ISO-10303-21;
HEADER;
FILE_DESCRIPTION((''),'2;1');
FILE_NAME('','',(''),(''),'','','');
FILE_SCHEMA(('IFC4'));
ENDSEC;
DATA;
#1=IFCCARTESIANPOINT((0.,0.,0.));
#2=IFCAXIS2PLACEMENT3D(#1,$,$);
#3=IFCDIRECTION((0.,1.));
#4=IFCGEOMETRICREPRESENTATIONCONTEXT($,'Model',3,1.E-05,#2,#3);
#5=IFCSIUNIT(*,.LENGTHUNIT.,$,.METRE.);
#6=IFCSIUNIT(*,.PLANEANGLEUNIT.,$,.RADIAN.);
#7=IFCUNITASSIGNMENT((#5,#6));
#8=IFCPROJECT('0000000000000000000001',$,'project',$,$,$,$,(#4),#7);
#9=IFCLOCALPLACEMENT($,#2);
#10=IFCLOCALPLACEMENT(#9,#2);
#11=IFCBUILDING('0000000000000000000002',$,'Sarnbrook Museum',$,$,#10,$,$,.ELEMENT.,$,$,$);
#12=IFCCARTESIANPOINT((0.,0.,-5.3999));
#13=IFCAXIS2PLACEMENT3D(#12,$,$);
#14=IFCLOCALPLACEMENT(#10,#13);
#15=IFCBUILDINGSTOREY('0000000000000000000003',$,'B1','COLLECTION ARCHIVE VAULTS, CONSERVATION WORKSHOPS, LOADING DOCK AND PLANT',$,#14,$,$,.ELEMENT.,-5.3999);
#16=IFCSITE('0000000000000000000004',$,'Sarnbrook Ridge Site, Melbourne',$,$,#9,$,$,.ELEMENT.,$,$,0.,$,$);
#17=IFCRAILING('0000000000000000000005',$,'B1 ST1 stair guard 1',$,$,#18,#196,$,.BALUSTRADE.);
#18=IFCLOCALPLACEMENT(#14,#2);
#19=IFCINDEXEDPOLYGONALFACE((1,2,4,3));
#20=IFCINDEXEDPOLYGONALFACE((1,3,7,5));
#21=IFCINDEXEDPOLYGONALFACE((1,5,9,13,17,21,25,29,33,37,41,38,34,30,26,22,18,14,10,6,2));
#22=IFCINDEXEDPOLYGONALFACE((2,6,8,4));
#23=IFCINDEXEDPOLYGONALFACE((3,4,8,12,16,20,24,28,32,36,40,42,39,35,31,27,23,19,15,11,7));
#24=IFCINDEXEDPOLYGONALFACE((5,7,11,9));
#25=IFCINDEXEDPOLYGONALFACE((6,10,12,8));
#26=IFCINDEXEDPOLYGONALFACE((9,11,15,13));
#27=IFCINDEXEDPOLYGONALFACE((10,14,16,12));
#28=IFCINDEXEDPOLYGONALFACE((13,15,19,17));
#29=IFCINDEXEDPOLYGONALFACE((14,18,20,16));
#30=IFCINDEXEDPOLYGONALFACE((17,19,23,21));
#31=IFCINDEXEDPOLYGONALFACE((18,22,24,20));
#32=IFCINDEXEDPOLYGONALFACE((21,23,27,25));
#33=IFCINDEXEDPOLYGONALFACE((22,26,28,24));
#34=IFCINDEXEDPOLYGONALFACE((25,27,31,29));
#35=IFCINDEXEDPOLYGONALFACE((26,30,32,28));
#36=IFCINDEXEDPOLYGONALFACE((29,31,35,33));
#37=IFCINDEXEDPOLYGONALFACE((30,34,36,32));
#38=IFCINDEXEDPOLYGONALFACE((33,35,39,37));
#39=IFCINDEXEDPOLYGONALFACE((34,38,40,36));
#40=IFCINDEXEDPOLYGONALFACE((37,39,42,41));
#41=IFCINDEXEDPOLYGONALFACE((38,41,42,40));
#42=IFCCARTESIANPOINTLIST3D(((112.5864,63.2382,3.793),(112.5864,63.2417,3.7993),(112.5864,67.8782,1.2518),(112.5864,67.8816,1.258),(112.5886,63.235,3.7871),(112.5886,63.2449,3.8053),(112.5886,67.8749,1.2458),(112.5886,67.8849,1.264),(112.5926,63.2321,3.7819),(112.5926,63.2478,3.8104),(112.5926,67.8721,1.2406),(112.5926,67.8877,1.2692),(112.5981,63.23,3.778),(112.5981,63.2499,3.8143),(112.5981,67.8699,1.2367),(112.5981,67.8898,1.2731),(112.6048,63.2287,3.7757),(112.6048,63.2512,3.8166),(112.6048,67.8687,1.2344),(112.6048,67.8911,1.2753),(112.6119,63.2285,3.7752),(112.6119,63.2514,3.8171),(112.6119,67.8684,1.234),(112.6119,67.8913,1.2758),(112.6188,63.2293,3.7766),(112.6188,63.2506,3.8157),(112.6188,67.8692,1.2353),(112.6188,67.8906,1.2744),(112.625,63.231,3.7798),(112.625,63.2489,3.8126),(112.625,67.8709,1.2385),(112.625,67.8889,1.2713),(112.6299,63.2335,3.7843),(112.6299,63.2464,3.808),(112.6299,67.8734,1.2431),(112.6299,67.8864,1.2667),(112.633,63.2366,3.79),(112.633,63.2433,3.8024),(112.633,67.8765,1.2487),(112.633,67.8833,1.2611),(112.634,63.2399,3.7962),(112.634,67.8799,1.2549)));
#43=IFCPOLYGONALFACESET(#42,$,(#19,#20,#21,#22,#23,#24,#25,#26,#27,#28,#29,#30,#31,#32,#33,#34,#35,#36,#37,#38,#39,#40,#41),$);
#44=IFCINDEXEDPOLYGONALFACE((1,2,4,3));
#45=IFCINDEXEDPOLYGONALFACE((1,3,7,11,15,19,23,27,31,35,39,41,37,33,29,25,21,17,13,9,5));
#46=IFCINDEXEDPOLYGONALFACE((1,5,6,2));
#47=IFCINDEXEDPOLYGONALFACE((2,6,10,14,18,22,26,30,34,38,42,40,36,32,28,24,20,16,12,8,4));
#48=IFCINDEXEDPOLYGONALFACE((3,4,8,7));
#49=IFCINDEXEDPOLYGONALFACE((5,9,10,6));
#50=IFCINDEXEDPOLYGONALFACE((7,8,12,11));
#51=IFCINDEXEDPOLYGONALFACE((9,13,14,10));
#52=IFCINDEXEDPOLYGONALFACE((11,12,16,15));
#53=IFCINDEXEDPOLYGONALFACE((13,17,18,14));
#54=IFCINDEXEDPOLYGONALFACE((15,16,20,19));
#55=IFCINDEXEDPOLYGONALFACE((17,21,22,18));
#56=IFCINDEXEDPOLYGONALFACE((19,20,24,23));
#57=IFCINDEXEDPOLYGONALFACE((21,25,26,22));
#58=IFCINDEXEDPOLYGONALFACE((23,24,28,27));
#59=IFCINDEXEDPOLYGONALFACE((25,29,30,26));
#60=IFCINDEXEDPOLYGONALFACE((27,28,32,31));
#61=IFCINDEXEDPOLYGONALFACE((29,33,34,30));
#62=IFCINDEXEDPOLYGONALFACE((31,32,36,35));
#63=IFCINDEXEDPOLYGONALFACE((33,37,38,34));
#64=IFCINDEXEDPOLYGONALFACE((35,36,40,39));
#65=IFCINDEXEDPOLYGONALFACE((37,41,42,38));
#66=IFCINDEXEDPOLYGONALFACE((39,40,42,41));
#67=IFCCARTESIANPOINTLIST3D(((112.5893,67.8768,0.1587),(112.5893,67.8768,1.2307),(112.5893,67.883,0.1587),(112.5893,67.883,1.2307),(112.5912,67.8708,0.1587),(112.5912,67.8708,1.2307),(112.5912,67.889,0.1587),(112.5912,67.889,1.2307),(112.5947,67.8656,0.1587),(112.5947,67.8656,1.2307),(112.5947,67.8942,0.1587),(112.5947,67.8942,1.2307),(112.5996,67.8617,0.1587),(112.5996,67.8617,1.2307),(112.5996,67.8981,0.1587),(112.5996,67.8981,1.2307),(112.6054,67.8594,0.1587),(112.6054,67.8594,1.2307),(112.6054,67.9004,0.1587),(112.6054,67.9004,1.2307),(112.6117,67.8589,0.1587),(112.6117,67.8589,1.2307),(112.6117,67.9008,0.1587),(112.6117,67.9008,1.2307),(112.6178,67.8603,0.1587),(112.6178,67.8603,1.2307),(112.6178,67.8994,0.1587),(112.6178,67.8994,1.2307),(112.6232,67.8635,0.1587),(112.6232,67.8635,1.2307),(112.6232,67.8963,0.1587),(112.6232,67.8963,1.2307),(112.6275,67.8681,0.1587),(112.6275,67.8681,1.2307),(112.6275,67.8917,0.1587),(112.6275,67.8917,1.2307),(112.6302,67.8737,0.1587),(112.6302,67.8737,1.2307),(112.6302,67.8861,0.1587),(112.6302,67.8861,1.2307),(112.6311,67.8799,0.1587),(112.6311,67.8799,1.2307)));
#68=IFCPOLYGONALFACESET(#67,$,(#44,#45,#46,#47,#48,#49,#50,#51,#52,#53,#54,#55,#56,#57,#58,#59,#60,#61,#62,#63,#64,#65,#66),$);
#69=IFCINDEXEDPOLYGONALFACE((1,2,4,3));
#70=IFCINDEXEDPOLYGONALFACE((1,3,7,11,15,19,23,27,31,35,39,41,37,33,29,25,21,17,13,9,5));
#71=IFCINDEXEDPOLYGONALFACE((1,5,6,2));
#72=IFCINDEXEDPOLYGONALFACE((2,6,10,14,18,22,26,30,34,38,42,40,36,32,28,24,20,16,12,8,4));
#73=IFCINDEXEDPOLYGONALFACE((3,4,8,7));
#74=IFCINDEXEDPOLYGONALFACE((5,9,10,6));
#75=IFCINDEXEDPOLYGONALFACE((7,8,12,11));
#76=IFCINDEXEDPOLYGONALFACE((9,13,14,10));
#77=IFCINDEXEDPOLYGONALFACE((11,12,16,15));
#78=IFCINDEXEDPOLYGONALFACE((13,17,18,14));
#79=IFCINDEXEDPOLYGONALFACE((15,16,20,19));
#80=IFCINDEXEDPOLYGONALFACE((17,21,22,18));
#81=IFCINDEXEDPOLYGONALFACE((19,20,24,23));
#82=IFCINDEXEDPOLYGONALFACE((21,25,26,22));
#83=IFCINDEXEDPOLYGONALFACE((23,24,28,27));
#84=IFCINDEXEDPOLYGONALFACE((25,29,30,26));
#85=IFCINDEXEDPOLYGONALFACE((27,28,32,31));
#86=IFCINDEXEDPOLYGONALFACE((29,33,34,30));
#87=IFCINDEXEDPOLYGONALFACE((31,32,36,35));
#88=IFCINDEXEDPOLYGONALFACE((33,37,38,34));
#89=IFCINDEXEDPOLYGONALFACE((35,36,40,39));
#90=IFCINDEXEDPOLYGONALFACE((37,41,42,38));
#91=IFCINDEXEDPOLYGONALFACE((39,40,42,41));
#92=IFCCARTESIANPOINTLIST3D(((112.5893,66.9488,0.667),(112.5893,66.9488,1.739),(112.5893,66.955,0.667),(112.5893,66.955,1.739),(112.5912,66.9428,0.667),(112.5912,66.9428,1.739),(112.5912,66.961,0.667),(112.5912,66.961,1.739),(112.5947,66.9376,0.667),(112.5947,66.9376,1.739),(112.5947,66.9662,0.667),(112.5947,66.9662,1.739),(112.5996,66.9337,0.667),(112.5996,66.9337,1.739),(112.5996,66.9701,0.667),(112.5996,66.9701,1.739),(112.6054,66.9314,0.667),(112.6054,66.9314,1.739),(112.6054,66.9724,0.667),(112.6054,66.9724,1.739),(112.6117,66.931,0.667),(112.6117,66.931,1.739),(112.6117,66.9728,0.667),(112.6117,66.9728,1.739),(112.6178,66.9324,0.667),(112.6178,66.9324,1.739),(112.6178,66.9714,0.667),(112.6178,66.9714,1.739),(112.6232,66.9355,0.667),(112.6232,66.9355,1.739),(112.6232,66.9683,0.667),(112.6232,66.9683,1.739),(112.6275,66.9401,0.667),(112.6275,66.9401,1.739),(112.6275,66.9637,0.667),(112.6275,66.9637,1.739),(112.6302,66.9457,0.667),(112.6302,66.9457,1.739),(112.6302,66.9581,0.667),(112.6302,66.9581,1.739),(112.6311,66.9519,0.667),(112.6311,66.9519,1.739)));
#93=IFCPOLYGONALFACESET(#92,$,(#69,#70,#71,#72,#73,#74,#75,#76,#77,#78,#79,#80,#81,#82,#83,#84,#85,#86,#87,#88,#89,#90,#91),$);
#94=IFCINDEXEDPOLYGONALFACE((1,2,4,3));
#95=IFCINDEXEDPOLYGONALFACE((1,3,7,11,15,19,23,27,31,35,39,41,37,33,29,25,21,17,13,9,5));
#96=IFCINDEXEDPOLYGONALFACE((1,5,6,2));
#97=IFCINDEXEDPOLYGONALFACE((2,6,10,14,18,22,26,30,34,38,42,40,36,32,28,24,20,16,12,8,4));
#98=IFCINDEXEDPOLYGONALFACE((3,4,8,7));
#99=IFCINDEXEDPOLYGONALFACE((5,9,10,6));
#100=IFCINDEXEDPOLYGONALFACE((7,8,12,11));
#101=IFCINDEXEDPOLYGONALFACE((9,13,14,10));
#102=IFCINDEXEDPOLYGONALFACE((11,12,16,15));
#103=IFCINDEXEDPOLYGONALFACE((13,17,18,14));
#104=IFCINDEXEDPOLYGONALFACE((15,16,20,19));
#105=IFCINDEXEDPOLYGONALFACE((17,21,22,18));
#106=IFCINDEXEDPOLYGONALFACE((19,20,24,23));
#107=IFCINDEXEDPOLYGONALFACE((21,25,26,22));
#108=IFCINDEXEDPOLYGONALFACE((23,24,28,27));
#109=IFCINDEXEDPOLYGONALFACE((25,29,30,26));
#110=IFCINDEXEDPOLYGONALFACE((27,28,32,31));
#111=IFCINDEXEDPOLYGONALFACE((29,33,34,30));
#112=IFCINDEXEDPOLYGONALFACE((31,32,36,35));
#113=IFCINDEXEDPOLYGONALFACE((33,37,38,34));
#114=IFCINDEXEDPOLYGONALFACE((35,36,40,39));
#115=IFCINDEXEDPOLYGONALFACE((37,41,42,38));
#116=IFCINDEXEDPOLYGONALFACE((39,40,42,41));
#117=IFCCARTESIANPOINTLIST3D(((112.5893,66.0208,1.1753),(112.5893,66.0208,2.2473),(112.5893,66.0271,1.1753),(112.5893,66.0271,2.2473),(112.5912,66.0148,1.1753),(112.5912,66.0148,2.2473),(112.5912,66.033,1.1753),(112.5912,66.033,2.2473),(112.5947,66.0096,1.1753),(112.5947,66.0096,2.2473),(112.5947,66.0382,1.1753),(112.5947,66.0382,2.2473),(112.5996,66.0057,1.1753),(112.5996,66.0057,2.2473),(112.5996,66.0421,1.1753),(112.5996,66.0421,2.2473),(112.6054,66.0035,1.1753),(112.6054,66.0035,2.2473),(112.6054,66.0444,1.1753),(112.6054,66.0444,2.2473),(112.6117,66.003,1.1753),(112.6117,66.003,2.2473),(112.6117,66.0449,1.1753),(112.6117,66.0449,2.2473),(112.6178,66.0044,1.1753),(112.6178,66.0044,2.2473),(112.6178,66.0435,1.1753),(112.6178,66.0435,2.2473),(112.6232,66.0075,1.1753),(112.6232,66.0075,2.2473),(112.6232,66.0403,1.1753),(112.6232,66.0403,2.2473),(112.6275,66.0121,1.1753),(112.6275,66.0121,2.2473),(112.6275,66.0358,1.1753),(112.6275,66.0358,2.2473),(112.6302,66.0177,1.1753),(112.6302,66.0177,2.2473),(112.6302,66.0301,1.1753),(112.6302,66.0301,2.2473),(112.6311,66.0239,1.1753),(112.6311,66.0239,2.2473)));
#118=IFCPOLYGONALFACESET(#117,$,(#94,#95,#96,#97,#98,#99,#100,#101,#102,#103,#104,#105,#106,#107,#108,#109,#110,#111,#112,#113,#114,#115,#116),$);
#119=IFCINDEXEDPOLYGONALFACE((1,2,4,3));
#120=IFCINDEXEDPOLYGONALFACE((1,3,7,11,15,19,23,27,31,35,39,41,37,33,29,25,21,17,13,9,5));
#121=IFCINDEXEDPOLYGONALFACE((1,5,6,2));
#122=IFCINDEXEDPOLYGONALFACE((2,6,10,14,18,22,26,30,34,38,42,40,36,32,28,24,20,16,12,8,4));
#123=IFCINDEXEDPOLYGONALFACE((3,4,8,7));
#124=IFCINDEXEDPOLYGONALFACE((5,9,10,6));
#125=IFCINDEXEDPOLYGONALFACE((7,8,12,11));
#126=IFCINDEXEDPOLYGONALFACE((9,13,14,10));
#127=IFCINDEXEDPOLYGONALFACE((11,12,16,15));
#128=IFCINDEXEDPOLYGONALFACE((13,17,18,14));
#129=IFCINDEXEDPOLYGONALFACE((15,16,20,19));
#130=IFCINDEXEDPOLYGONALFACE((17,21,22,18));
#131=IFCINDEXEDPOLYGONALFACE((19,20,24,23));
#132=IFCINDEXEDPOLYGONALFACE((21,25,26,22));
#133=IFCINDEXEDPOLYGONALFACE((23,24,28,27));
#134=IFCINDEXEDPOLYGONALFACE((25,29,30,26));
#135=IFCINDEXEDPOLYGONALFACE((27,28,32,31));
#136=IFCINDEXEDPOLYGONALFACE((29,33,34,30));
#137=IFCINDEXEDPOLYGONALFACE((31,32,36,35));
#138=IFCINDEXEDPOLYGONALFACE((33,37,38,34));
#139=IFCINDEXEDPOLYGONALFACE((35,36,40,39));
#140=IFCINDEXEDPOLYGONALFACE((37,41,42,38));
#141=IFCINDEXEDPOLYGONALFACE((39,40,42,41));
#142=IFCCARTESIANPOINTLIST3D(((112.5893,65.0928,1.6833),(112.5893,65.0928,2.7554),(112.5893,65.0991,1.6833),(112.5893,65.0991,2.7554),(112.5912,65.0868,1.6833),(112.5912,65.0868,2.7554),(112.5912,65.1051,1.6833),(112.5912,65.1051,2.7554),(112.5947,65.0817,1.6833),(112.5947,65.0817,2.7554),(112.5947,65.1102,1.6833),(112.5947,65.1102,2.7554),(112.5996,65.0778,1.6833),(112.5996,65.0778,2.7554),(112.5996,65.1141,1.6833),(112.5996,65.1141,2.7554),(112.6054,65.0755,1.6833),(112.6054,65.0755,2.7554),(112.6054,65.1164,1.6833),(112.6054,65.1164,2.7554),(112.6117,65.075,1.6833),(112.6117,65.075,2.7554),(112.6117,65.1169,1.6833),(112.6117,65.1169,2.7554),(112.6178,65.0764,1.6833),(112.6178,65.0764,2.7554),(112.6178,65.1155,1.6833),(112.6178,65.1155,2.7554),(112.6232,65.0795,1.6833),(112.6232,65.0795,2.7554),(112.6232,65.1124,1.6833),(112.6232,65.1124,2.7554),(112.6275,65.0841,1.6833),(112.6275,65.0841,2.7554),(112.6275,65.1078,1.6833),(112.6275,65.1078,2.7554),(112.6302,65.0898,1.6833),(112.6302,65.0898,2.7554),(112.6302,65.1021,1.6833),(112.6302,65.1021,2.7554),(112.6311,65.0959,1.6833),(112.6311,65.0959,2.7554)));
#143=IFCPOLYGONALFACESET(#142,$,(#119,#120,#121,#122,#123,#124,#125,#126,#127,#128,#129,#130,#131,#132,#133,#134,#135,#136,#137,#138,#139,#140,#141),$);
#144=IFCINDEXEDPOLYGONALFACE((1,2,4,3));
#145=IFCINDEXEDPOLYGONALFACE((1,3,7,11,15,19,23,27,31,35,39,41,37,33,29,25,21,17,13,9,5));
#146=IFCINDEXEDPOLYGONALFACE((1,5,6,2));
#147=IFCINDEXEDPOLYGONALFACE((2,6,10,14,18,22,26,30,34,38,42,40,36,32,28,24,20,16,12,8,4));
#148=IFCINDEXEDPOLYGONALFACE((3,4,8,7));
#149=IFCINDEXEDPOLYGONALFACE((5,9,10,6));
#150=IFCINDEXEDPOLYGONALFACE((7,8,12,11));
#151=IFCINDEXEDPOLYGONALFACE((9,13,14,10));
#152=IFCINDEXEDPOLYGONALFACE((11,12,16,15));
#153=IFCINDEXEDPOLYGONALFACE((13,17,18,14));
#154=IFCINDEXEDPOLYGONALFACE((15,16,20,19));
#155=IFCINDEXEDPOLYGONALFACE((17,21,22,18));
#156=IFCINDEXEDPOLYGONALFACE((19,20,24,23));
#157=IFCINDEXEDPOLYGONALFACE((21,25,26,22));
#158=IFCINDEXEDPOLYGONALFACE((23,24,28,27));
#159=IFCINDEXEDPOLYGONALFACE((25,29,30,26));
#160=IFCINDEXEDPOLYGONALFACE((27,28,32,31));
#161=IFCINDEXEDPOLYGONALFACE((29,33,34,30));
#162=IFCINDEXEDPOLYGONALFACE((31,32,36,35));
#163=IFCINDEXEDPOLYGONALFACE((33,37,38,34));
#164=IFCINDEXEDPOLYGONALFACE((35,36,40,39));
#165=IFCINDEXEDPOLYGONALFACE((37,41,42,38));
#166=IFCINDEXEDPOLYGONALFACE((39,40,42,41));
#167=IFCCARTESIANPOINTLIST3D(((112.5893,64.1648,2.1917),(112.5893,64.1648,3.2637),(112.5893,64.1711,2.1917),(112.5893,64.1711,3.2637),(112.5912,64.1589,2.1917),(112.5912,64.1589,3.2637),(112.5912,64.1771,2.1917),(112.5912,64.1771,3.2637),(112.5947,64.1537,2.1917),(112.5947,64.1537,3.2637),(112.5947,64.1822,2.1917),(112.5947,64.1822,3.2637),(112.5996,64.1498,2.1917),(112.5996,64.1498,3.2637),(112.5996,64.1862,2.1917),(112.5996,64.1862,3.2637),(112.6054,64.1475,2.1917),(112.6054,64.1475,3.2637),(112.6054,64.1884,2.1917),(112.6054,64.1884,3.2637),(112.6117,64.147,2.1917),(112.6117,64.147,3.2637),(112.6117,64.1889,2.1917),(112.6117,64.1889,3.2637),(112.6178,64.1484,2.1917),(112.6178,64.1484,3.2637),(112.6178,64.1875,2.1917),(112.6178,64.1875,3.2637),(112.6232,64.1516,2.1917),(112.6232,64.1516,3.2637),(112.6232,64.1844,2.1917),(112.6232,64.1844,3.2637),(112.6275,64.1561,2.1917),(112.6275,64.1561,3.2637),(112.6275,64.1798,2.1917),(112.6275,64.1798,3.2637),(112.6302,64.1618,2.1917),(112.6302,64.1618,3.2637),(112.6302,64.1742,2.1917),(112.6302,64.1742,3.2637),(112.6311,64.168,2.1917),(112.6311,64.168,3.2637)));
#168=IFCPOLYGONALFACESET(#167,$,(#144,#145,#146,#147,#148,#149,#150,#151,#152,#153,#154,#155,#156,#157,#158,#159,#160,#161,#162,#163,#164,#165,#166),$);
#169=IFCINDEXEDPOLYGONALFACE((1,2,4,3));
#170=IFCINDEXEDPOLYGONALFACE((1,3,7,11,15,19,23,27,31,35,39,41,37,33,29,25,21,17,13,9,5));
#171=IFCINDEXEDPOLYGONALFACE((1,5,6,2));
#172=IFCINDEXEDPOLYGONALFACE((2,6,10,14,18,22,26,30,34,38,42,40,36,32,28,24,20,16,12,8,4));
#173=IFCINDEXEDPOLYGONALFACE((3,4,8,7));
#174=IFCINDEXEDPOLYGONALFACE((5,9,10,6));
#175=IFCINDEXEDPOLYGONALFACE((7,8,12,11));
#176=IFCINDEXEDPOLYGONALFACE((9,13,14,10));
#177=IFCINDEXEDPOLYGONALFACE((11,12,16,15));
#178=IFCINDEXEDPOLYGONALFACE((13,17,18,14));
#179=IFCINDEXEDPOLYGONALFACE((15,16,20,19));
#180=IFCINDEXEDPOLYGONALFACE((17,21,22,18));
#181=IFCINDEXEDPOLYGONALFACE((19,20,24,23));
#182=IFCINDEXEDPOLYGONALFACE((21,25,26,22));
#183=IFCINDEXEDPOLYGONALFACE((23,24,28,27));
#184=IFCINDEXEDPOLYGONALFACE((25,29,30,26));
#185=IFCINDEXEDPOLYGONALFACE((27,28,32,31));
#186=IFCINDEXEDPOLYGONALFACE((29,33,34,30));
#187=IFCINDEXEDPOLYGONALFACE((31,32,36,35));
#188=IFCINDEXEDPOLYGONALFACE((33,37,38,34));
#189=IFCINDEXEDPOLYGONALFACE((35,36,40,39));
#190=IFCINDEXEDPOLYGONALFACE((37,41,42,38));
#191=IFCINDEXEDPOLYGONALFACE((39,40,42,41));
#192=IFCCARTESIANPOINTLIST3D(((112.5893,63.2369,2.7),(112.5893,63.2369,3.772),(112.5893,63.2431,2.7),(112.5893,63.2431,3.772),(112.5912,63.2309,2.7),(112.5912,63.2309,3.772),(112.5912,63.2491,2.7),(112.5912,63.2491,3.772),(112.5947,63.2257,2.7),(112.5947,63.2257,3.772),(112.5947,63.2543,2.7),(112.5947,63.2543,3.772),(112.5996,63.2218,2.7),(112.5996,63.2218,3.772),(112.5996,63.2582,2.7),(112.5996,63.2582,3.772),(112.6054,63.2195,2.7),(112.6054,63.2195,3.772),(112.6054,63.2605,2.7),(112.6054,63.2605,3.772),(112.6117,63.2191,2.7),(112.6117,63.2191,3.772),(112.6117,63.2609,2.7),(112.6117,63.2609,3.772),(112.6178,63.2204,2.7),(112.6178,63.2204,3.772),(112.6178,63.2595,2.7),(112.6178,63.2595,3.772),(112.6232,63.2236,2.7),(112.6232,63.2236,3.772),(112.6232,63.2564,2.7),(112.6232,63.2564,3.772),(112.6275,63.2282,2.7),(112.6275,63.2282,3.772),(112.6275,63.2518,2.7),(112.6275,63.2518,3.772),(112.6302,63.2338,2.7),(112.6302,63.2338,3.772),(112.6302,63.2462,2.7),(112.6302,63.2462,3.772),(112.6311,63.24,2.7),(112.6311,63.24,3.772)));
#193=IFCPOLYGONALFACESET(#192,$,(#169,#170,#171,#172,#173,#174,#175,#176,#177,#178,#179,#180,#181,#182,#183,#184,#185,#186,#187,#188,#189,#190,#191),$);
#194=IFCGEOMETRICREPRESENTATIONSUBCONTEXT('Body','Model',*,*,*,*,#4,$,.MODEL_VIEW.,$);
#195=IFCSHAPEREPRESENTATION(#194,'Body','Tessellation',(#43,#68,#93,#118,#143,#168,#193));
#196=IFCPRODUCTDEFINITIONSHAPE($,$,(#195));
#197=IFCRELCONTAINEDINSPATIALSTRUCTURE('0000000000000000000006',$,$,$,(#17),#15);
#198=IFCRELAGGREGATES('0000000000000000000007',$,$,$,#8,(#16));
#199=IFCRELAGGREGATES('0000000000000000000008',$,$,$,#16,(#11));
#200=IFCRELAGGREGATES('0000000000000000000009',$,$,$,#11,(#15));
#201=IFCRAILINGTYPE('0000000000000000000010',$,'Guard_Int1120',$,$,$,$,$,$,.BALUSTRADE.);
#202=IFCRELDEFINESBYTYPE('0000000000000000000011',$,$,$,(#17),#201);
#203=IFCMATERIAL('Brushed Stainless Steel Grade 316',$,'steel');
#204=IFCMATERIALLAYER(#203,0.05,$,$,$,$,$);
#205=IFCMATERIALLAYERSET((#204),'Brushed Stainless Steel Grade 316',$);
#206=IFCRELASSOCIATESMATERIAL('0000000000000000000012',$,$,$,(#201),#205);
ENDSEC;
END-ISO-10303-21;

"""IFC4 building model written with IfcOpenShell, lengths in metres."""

from ifc_helpers import new_model, si_unit, direction, frame, origin, origin_2d, place, context, subcontext, project, spatial, circle, extrude, material, layer, layer_set, type_object, element, save


model = new_model("IFC4")

# Units and contexts
model_context = context("Model", 3, precision=1e-05, world=origin(), true_north=direction((0.0, 1.0)))
body_context = subcontext(model_context, "Body", "Model", "MODEL_VIEW")
ifc_project = project(units=[si_unit("LENGTHUNIT", "METRE"), si_unit("PLANEANGLEUNIT", "RADIAN")], contexts=[model_context])

# Site, building, storey
site_placement = place(None, origin())
site = spatial("IfcSite", under=ifc_project, at=site_placement, Name="Sarnbrook Ridge Site, Melbourne", CompositionType="ELEMENT", RefElevation=0.0)
building_placement = place(site_placement, origin())
building = spatial("IfcBuilding", under=site, at=building_placement, Name="Sarnbrook Museum", CompositionType="ELEMENT")
storey_placement = place(building_placement, frame((0.0, 0.0, -5.3999)))
storey = spatial("IfcBuildingStorey", under=building, at=storey_placement, Name="B1", Description="COLLECTION ARCHIVE VAULTS, CONSERVATION WORKSHOPS, LOADING DOCK AND PLANT", CompositionType="ELEMENT", Elevation=-5.3999)

# Railing
ifc_material_1 = material(Name="Brushed Stainless Steel Grade 316", Category="steel")
ifc_layer_1 = layer(ifc_material_1, 0.05)
ifc_layer_set_1 = layer_set([ifc_layer_1], Name="Brushed Stainless Steel Grade 316")
railing_type = type_object("IfcRailingType", Name="Guard_Int1120", PredefinedType="BALUSTRADE", material=ifc_layer_set_1)
railing_1_placement = place(storey_placement, frame((112.6101, 67.8799, 0.1587)))
element("IfcRailing", 1, at=railing_1_placement, inside=storey, type_object=railing_type, Name="B1 ST1 stair guard 1", PredefinedType="BALUSTRADE", context=body_context, shape_type="SweptSolid", body=[
    extrude(circle(Radius=0.0239, at=origin_2d()), frame((0.0, 0.0, 1.0962), z_axis=(0.0, -0.877067, 0.480368), x_axis=(1.0, 0.0, 0.0)), (0.0, 0.0, 1.0), 5.2903),
    extrude(circle(Radius=0.021, at=origin_2d()), origin(), (0.0, 0.0, 1.0), 1.072),
    extrude(circle(Radius=0.021, at=origin_2d()), frame((0.0, -0.928, 0.5083)), (0.0, 0.0, 1.0), 1.072),
    extrude(circle(Radius=0.021, at=origin_2d()), frame((0.0, -1.856, 1.0166)), (0.0, 0.0, 1.0), 1.072),
    extrude(circle(Radius=0.021, at=origin_2d()), frame((0.0, -2.7839, 1.5247)), (0.0, 0.0, 1.0), 1.072),
    extrude(circle(Radius=0.021, at=origin_2d()), frame((0.0, -3.7119, 2.033)), (0.0, 0.0, 1.0), 1.072),
    extrude(circle(Radius=0.021, at=origin_2d()), frame((0.0, -4.6399, 2.5413)), (0.0, 0.0, 1.0), 1.072),
])

save(model, "model.ifc")
